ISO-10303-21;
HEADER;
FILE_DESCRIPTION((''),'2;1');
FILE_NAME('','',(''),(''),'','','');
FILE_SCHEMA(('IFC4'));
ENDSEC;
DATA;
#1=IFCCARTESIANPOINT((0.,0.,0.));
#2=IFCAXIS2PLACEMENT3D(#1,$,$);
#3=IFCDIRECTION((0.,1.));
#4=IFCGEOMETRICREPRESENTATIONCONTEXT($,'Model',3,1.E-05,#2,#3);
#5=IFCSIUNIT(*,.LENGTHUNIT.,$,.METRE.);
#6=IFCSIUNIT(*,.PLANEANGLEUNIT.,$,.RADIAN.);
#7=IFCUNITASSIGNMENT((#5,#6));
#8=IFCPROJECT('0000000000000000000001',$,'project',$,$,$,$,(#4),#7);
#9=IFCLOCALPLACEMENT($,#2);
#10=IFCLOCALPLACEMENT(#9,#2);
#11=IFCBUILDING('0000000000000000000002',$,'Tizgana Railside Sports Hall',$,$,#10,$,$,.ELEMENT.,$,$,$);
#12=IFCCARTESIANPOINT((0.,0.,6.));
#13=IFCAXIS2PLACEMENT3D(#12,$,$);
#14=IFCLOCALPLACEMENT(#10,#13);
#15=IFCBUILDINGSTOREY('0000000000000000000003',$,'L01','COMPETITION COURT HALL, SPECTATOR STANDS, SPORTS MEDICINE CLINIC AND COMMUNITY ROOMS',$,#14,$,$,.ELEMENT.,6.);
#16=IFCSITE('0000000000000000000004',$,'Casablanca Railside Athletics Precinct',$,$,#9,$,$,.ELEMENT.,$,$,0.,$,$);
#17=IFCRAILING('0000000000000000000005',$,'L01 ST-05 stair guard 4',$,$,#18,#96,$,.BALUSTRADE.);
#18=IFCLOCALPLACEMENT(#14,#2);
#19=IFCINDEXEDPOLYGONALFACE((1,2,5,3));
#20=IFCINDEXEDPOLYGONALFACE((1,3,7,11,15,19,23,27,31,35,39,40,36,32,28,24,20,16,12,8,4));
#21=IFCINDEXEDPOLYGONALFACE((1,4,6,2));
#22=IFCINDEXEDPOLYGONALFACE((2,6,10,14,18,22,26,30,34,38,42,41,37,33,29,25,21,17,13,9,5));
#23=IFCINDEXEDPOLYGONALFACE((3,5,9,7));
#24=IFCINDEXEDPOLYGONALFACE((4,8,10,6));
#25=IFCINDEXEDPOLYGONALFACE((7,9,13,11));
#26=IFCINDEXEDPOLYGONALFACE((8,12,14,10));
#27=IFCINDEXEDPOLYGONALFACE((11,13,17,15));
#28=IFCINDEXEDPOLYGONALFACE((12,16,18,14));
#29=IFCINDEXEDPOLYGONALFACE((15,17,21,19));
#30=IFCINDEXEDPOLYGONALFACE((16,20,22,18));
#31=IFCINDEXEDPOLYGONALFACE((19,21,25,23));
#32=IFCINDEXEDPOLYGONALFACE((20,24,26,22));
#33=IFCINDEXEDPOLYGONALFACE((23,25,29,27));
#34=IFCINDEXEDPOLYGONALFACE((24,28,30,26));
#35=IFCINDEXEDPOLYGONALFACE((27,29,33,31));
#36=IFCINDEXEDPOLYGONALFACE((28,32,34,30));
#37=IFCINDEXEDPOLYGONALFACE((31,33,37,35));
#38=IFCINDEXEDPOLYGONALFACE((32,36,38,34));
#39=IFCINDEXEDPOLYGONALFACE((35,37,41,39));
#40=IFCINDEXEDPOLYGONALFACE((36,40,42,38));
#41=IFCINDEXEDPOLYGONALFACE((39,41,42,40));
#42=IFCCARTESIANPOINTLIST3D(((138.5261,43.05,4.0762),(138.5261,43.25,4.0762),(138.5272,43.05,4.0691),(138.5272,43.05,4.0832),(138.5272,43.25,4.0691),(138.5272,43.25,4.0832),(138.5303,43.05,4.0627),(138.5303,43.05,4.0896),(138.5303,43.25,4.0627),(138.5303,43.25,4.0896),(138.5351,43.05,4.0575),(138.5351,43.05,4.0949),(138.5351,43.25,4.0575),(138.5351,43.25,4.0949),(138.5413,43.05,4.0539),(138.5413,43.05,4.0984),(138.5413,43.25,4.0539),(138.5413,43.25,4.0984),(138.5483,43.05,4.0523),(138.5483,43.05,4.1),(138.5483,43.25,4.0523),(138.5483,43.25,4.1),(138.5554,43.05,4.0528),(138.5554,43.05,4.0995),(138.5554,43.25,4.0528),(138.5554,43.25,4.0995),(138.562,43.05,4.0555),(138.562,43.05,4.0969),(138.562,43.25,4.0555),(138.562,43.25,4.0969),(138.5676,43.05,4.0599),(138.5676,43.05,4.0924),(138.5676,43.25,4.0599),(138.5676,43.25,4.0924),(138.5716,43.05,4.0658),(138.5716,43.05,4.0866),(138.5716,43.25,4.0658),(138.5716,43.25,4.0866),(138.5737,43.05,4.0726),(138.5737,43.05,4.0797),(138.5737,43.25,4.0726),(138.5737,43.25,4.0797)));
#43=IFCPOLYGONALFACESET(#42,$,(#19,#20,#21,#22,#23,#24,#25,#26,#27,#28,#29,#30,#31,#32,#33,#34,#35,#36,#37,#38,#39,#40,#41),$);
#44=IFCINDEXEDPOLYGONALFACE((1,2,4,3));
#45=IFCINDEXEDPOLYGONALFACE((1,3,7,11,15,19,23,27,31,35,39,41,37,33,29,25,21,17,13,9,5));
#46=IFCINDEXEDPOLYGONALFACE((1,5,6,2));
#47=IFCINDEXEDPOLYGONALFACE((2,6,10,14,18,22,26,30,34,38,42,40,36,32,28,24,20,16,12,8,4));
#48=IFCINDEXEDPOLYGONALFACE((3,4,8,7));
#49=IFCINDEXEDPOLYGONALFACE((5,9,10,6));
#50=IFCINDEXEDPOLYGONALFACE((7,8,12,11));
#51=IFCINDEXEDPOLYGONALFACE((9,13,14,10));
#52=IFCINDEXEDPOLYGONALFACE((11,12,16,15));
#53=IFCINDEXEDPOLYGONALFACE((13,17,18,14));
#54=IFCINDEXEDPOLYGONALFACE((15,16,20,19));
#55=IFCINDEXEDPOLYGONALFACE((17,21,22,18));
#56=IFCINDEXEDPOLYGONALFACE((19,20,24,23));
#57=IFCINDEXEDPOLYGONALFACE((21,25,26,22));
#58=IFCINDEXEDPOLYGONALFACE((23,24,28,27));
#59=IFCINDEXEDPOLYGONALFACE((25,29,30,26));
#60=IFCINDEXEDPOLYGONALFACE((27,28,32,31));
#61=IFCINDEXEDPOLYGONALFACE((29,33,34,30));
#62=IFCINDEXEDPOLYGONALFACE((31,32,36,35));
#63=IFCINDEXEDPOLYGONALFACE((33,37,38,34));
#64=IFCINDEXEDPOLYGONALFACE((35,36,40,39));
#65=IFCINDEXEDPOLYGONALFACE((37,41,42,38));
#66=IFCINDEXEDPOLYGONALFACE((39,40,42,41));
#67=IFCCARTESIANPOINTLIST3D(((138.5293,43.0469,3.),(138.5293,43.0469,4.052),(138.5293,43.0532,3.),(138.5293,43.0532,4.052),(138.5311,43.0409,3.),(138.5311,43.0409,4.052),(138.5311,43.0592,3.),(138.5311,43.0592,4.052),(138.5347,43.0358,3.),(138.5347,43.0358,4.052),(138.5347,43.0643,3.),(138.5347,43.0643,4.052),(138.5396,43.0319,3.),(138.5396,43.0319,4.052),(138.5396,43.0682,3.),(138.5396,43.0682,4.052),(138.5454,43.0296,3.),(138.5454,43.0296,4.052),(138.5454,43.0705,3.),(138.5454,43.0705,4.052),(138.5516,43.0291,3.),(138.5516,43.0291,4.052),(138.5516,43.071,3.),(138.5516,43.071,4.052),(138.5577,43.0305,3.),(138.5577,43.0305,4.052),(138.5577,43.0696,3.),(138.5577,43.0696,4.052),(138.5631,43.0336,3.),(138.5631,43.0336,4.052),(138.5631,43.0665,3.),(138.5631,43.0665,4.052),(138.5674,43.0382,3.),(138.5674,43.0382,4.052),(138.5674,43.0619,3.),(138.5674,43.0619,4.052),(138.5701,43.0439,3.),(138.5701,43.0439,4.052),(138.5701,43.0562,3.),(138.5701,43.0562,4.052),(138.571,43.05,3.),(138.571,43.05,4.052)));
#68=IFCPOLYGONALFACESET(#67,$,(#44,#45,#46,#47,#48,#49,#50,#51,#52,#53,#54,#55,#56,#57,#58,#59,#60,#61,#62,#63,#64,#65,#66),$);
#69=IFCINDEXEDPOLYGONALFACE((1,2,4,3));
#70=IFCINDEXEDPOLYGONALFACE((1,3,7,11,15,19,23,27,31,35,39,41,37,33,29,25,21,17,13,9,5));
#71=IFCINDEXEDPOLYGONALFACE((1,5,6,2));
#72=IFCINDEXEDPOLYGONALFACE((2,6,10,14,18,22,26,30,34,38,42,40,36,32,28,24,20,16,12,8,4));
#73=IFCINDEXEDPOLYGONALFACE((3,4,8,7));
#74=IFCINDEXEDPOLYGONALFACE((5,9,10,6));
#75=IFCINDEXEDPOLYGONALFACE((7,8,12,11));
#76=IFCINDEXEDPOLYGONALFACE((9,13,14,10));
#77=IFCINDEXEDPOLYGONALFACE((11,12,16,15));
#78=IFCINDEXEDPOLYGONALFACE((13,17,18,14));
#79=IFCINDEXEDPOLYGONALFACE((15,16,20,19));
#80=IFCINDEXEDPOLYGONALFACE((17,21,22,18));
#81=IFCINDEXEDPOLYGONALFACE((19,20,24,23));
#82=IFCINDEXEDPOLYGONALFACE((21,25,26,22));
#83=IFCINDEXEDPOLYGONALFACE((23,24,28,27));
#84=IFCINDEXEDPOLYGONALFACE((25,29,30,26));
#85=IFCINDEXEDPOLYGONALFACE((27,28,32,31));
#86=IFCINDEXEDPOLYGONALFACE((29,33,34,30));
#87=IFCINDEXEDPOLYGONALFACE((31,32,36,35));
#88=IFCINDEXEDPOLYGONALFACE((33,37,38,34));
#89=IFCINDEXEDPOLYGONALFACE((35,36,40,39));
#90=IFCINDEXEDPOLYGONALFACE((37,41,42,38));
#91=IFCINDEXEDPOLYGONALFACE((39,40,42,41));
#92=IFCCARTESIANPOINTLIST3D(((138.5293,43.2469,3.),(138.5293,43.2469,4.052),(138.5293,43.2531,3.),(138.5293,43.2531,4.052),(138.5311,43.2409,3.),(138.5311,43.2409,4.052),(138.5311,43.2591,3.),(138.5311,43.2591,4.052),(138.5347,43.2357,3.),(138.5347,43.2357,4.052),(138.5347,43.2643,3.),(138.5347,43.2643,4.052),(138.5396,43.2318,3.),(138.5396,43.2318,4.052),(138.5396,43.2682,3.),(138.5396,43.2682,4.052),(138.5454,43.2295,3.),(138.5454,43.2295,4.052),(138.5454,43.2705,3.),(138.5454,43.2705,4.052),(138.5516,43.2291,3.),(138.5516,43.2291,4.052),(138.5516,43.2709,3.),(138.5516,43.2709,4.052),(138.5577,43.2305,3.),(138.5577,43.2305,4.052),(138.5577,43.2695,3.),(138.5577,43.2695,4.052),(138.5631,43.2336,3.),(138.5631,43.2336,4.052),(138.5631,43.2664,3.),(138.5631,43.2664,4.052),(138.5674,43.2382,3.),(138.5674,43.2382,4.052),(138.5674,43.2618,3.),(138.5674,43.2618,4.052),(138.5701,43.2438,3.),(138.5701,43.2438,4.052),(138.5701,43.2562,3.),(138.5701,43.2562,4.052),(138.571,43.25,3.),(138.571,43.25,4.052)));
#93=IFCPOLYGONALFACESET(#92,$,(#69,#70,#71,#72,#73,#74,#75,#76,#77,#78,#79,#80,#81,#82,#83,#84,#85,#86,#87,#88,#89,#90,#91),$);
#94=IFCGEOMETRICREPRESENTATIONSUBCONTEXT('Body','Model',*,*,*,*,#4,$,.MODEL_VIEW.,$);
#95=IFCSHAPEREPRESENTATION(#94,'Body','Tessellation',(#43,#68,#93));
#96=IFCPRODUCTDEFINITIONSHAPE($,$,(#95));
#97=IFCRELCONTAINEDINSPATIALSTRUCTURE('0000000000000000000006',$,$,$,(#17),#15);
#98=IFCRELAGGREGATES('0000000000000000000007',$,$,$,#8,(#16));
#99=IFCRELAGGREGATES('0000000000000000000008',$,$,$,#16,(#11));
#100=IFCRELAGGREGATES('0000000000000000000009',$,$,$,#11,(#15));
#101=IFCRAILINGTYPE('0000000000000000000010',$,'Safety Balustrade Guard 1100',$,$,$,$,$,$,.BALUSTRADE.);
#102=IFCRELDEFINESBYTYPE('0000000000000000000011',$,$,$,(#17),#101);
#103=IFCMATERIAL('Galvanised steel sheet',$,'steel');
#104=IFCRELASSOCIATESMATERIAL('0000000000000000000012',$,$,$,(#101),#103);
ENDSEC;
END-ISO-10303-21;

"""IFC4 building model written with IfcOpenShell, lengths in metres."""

from ifc_helpers import new_model, si_unit, direction, frame, origin, origin_2d, place, context, subcontext, project, spatial, circle, extrude, material, type_object, element, save


model = new_model("IFC4")

# Units and contexts
model_context = context("Model", 3, precision=1e-05, world=origin(), true_north=direction((0.0, 1.0)))
body_context = subcontext(model_context, "Body", "Model", "MODEL_VIEW")
ifc_project = project(units=[si_unit("LENGTHUNIT", "METRE"), si_unit("PLANEANGLEUNIT", "RADIAN")], contexts=[model_context])

# Site, building, storey
site_placement = place(None, origin())
site = spatial("IfcSite", under=ifc_project, at=site_placement, Name="Casablanca Railside Athletics Precinct", CompositionType="ELEMENT", RefElevation=0.0)
building_placement = place(site_placement, origin())
building = spatial("IfcBuilding", under=site, at=building_placement, Name="Tizgana Railside Sports Hall", CompositionType="ELEMENT")
storey_placement = place(building_placement, frame((0.0, 0.0, 6.0)))
storey = spatial("IfcBuildingStorey", under=building, at=storey_placement, Name="L01", Description="COMPETITION COURT HALL, SPECTATOR STANDS, SPORTS MEDICINE CLINIC AND COMMUNITY ROOMS", CompositionType="ELEMENT", Elevation=6.0)

# Railing
ifc_material_1 = material(Name="Galvanised steel sheet", Category="steel")
railing_type_1 = type_object("IfcRailingType", Name="Safety Balustrade Guard 1100", PredefinedType="BALUSTRADE", material=ifc_material_1)
railing_1_placement = place(storey_placement, frame((138.55, 43.05, 3.0)))
element("IfcRailing", 1, at=railing_1_placement, inside=storey, type_object=railing_type_1, Name="L01 ST-05 stair guard 4", PredefinedType="BALUSTRADE", context=body_context, shape_type="SweptSolid", body=[
    extrude(circle(Radius=0.0239, at=origin_2d()), frame((0.0, 0.0, 1.0762), z_axis=(0.0, 1.0, 0.0), x_axis=(-1.0, 0.0, 0.0)), (0.0, 0.0, 1.0), 0.2),
    extrude(circle(Radius=0.021, at=origin_2d()), origin(), (0.0, 0.0, 1.0), 1.052),
    extrude(circle(Radius=0.021, at=origin_2d()), frame((0.0, 0.2, 0.0)), (0.0, 0.0, 1.0), 1.052),
])

save(model, "model.ifc")
